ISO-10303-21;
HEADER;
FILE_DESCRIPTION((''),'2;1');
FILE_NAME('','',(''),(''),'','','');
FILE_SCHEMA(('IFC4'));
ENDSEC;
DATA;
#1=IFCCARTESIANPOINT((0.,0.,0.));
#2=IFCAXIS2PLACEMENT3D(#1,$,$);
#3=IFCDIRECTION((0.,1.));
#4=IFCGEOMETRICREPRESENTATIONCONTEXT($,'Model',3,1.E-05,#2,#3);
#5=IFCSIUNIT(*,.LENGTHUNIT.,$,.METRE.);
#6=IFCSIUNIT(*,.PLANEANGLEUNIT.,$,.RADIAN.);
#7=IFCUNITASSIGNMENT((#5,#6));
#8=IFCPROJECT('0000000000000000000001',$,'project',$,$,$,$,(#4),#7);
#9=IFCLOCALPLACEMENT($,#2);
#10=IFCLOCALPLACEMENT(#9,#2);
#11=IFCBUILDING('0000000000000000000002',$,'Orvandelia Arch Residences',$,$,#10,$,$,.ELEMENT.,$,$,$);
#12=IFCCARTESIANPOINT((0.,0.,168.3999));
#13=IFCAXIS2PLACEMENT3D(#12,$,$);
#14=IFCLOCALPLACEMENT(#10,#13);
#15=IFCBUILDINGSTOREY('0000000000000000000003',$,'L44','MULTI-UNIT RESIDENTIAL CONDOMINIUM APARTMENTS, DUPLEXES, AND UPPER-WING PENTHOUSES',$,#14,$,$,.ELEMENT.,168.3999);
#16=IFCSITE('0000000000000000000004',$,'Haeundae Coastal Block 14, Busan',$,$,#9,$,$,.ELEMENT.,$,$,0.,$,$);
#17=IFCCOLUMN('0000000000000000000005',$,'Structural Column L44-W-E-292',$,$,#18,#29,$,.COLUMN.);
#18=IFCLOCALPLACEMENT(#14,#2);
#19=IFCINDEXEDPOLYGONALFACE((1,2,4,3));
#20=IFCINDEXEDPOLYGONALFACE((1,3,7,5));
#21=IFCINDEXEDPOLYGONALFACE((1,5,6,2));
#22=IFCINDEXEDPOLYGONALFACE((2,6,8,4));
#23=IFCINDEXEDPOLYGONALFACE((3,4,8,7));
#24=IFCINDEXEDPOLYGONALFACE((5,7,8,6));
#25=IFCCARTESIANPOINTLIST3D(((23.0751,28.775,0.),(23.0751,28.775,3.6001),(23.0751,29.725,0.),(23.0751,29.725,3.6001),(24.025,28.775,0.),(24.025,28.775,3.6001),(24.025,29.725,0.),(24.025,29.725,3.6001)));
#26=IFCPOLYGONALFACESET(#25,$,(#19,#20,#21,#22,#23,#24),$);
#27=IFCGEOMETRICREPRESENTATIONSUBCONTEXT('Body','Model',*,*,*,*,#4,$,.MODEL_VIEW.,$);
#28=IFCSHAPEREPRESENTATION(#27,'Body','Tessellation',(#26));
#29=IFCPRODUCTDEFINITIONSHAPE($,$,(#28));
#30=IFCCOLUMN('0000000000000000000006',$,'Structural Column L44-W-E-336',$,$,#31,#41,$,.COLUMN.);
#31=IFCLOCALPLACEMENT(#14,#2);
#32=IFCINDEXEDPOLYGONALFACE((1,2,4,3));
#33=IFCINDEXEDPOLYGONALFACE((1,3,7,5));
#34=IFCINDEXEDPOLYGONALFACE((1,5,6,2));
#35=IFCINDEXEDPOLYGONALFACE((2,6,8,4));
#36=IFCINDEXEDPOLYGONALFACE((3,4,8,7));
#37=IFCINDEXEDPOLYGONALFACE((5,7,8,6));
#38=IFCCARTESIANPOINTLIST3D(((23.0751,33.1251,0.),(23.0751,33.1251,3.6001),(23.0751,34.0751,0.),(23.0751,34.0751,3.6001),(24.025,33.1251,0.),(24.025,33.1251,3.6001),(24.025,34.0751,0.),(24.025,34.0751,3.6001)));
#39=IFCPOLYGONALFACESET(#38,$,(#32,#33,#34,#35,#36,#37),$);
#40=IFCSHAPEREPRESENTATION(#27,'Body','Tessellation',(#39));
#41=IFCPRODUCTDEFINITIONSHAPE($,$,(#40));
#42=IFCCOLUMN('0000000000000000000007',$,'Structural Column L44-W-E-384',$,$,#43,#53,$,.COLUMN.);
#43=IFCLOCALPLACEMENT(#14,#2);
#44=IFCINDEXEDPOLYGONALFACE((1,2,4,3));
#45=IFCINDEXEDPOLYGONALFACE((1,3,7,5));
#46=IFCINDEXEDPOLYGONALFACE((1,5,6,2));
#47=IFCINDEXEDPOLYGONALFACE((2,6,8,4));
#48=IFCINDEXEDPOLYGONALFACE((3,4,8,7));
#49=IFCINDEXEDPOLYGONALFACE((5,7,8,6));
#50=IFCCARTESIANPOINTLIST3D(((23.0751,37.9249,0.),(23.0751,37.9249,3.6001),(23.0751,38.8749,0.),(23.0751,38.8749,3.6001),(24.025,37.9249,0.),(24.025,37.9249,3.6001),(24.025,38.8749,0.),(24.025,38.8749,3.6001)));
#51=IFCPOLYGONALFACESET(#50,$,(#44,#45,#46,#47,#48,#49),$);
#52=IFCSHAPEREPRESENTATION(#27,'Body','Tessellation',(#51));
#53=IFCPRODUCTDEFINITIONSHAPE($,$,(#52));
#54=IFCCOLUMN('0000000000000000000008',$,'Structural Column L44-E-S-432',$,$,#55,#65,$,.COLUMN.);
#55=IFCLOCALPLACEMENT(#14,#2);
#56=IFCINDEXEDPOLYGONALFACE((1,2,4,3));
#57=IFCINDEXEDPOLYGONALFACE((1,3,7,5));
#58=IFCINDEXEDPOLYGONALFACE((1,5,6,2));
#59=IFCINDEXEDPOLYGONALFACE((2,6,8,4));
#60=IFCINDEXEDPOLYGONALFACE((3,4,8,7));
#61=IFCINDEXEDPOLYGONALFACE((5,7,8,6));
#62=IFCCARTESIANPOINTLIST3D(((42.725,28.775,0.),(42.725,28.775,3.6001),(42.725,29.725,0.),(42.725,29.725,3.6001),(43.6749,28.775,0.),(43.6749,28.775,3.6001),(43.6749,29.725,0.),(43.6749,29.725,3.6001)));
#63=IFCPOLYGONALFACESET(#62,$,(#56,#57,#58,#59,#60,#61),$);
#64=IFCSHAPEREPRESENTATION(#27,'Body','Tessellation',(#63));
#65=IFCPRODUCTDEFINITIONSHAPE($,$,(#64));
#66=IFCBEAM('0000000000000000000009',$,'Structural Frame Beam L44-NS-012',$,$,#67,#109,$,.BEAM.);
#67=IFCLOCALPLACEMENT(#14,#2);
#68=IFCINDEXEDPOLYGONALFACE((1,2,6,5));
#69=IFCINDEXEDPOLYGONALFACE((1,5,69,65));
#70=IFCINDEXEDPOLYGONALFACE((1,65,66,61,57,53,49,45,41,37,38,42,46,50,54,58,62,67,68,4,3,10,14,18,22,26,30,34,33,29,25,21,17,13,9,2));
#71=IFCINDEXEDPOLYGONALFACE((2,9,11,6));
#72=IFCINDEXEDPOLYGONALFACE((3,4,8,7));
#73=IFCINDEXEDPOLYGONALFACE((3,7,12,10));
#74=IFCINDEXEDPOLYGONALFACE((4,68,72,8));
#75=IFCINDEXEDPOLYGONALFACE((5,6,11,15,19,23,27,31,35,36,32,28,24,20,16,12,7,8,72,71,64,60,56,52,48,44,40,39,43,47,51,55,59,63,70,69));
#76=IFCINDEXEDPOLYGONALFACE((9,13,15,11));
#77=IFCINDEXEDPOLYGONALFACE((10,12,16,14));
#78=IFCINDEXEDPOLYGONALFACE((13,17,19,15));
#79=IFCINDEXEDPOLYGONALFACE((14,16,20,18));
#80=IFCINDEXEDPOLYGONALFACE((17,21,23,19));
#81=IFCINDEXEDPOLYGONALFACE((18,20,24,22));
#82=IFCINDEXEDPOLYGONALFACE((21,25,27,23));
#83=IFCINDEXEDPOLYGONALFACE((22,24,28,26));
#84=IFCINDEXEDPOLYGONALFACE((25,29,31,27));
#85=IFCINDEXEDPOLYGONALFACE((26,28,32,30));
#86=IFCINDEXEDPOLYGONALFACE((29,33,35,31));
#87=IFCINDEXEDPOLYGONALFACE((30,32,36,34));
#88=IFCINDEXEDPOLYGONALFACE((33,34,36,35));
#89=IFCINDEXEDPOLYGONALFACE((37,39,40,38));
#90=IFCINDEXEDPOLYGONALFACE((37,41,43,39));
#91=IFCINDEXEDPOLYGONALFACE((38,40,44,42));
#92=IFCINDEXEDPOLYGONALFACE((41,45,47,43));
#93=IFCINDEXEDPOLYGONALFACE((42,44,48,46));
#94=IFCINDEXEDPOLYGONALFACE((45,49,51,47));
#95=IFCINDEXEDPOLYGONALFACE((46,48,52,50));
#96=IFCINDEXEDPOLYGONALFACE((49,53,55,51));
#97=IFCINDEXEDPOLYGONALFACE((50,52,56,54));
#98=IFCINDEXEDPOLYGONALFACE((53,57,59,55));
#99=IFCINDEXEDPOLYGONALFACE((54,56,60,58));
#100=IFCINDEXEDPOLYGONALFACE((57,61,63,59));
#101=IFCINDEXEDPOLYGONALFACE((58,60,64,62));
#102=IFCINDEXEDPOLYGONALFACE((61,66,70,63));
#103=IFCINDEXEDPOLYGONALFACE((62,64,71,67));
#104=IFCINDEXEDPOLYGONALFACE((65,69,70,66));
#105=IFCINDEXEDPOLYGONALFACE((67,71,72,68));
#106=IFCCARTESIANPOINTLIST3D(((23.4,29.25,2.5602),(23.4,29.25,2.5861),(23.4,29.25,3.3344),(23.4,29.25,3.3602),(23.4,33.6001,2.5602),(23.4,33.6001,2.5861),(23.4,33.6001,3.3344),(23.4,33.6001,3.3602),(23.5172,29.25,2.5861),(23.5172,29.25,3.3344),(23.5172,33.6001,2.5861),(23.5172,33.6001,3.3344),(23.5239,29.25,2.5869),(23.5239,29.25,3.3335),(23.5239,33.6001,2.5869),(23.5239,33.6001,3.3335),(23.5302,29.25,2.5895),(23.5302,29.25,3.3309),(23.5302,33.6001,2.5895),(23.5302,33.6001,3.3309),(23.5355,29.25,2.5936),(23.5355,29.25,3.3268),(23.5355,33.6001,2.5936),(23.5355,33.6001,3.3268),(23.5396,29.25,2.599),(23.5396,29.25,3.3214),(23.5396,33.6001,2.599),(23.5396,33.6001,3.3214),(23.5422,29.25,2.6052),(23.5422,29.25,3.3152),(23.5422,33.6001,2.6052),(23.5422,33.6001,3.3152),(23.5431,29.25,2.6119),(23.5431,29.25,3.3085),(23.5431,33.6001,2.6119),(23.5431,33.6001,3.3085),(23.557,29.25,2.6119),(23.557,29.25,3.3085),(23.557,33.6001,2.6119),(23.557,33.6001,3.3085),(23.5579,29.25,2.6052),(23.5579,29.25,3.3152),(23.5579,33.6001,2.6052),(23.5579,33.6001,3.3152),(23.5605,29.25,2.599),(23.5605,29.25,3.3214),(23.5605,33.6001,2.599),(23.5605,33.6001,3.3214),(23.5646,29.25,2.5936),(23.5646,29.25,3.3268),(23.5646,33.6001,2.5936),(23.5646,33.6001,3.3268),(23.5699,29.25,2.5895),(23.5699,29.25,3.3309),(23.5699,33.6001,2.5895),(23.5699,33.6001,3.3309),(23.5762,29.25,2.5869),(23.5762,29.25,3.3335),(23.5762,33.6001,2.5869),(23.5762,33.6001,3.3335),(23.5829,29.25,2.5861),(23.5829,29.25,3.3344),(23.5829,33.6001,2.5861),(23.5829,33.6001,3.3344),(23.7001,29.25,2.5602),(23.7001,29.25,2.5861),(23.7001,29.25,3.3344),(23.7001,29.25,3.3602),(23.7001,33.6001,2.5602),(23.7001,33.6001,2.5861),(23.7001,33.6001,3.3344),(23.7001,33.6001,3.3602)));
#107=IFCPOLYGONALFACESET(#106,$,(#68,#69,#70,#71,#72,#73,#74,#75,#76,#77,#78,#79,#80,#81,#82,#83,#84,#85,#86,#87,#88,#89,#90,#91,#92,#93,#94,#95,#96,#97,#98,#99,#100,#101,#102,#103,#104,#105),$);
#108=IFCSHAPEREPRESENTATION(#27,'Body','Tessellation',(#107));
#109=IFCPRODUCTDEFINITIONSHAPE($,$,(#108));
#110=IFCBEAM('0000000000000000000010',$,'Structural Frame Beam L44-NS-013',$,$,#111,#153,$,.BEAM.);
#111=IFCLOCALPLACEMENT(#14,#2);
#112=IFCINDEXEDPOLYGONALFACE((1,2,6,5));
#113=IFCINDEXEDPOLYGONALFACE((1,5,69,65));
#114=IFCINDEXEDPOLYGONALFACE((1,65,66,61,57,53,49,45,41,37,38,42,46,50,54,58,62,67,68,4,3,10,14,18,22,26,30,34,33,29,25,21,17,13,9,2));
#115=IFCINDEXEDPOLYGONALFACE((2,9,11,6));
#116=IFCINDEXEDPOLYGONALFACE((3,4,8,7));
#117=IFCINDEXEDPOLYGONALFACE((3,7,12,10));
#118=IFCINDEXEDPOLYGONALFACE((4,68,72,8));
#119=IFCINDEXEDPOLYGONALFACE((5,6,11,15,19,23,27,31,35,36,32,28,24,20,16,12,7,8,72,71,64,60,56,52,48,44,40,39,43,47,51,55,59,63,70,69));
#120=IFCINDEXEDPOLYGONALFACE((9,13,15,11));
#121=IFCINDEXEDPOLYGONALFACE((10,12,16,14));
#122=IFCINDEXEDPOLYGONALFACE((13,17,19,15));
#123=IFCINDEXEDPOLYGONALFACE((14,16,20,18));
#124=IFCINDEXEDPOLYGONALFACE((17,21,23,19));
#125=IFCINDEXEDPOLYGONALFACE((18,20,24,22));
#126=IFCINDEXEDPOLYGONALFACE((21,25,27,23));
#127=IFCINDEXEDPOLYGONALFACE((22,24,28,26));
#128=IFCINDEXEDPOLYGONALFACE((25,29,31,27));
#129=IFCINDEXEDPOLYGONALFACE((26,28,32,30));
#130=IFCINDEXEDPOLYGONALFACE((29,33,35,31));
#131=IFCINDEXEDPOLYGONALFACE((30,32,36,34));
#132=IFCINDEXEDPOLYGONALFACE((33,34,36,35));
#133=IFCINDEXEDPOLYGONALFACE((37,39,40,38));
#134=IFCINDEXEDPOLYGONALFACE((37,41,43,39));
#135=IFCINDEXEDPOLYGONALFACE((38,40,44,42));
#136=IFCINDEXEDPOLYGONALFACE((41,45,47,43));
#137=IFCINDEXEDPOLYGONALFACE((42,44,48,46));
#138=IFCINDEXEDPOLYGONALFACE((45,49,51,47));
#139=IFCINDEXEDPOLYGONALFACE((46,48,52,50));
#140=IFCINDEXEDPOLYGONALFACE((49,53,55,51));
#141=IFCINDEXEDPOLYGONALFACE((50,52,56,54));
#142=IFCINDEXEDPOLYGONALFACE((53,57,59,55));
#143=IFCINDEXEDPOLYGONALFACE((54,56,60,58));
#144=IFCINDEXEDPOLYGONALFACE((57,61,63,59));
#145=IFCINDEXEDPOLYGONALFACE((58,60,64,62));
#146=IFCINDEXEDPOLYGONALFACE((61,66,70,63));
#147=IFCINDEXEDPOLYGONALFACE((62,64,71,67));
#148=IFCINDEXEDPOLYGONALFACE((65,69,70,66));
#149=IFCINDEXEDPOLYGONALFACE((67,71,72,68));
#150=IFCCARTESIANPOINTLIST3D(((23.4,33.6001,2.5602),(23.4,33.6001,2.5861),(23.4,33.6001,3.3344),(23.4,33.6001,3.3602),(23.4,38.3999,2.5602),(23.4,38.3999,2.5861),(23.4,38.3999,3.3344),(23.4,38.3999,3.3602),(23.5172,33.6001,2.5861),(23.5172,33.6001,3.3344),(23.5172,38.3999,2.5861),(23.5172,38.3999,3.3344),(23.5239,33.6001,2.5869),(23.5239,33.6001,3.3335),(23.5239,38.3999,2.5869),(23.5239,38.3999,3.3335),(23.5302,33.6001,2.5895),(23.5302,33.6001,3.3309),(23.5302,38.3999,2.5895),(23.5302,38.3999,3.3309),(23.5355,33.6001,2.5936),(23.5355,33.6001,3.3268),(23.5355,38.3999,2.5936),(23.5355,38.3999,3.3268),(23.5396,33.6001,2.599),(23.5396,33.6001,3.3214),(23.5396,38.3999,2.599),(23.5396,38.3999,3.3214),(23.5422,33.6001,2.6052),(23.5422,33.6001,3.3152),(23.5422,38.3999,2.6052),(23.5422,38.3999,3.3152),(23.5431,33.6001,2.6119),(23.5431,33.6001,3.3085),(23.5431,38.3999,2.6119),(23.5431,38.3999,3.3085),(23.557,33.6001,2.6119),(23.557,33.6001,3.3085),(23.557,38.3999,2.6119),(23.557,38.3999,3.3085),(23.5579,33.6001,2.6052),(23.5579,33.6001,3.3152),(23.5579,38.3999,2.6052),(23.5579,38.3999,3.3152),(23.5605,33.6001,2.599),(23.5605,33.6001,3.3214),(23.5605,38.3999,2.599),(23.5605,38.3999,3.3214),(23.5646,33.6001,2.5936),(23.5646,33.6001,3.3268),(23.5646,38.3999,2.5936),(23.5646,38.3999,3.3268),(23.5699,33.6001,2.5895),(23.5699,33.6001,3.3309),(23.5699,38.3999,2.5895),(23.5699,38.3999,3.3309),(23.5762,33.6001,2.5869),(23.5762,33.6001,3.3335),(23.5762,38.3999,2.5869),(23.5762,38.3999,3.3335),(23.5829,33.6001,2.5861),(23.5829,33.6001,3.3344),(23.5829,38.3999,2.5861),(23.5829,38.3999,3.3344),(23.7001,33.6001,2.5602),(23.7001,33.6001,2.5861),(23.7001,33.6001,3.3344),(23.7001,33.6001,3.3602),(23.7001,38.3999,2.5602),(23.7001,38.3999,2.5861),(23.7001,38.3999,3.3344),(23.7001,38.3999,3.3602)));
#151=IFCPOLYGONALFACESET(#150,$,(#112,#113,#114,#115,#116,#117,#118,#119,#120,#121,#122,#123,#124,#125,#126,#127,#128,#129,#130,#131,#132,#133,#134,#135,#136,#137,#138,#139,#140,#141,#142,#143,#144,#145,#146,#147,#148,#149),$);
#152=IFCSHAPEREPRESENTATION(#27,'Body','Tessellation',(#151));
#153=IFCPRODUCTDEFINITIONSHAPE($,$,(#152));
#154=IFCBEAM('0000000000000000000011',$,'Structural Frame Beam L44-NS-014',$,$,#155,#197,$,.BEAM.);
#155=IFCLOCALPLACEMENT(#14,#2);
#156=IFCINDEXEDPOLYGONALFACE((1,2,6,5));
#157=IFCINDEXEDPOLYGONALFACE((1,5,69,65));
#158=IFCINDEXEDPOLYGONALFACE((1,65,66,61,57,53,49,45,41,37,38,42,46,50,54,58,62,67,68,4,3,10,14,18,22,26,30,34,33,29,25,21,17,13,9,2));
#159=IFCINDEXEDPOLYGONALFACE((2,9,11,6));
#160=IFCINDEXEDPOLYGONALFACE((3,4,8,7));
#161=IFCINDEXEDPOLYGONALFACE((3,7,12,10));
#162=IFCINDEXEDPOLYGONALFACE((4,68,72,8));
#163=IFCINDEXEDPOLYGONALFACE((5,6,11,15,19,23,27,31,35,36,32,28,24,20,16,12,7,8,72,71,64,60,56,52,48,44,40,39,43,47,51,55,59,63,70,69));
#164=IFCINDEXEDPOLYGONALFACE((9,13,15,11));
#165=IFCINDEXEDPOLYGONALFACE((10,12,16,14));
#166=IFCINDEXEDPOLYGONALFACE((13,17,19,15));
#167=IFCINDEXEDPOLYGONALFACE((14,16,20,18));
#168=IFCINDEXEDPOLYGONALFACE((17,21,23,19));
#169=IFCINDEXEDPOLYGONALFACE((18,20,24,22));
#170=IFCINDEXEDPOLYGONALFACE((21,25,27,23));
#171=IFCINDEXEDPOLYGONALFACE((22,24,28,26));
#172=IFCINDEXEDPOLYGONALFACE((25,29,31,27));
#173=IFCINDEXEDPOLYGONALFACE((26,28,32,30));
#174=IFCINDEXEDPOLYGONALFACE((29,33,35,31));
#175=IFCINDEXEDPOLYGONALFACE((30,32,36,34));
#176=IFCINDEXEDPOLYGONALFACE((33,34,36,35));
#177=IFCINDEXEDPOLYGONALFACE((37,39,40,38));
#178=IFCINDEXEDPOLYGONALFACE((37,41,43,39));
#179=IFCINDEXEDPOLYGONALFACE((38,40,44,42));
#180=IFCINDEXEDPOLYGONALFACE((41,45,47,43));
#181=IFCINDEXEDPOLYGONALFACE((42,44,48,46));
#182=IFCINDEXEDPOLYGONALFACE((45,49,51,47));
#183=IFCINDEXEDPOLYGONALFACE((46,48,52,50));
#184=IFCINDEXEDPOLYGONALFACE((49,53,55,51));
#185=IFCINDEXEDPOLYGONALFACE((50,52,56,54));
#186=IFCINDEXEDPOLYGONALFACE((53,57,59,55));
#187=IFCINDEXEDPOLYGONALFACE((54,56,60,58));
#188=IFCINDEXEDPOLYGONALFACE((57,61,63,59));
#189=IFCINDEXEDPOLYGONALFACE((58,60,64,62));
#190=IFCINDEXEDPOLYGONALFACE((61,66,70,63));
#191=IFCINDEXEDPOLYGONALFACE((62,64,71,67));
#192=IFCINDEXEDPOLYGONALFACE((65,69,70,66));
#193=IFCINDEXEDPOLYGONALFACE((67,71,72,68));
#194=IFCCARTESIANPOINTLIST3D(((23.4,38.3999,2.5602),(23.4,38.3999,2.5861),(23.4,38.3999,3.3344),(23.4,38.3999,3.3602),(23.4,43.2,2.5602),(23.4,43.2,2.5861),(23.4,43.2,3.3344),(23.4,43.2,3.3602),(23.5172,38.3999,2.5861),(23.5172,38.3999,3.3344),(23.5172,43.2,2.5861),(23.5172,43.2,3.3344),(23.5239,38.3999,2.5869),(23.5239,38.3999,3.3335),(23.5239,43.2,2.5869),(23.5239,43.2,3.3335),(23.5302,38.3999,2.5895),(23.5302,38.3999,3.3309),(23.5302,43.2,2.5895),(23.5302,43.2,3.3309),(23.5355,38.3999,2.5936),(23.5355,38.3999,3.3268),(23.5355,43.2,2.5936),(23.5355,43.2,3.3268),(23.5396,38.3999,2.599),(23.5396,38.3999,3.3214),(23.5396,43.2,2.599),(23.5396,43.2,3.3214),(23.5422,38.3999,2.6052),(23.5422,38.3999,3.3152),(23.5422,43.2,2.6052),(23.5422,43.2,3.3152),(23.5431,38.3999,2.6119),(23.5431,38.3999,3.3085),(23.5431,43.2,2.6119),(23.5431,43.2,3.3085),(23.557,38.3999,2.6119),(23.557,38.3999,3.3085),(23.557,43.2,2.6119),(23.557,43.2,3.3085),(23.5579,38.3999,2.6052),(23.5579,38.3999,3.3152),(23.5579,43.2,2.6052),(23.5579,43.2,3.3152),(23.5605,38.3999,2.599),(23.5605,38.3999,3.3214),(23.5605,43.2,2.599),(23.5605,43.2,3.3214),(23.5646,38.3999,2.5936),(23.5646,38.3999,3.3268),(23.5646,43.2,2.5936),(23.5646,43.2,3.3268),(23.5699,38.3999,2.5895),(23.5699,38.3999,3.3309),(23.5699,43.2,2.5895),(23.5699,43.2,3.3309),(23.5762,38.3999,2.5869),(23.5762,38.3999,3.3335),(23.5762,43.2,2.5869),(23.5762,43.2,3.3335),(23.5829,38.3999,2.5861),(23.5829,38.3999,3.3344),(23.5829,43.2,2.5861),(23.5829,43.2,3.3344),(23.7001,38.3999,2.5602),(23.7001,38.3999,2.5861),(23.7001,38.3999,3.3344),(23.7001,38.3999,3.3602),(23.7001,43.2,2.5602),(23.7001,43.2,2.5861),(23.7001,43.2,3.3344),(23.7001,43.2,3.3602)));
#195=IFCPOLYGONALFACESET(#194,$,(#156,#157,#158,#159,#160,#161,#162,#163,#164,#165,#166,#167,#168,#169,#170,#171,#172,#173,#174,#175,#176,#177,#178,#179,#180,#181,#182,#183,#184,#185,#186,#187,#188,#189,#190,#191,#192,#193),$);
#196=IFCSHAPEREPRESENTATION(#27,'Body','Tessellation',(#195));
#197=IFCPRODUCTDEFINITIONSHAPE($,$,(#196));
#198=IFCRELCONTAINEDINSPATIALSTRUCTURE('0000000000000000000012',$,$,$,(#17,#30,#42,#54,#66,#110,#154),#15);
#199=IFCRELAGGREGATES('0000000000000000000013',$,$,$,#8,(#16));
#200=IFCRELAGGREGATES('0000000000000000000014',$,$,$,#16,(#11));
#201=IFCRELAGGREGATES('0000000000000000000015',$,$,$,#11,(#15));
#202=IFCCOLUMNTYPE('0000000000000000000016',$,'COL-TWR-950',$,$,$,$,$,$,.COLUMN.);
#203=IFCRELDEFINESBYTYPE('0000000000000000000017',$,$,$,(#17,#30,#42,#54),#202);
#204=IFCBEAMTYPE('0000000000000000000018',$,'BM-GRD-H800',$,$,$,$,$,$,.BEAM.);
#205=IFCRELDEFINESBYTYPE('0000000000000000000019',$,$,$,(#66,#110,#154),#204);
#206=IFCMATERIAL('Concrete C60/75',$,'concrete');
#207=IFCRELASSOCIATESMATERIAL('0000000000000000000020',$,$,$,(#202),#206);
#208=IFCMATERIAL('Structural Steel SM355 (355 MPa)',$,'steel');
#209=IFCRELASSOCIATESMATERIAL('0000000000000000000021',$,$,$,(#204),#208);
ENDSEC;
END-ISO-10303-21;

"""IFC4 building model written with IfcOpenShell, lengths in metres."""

from ifc_helpers import new_model, si_unit, direction, frame, origin, origin_2d, place, context, subcontext, project, spatial, rectangle, i_section, extrude, material, material_profile, profile_set, type_object, element, save


model = new_model("IFC4")

# Units and contexts
model_context = context("Model", 3, precision=1e-05, world=origin(), true_north=direction((0.0, 1.0)))
body_context = subcontext(model_context, "Body", "Model", "MODEL_VIEW")
ifc_project = project(units=[si_unit("LENGTHUNIT", "METRE"), si_unit("PLANEANGLEUNIT", "RADIAN")], contexts=[model_context])

# Site, building, storey
site_placement = place(None, origin())
site = spatial("IfcSite", under=ifc_project, at=site_placement, Name="Haeundae Coastal Block 14, Busan", CompositionType="ELEMENT", RefElevation=0.0)
building_placement = place(site_placement, origin())
building = spatial("IfcBuilding", under=site, at=building_placement, Name="Orvandelia Arch Residences", CompositionType="ELEMENT")
storey_placement = place(building_placement, frame((0.0, 0.0, 168.3999)))
storey = spatial("IfcBuildingStorey", under=building, at=storey_placement, Name="L44", Description="MULTI-UNIT RESIDENTIAL CONDOMINIUM APARTMENTS, DUPLEXES, AND UPPER-WING PENTHOUSES", CompositionType="ELEMENT", Elevation=168.3999)

# Columns
ifc_material_1 = material(Name="Concrete C60/75", Category="concrete")
ifc_material_profile_1 = material_profile(ifc_material_1, rectangle(XDim=0.95, YDim=0.95, at=origin_2d()), Name="Concrete C60/75", Category="concrete")
ifc_profile_set_1 = profile_set([ifc_material_profile_1], Name="Concrete C60/75")
column_type = type_object("IfcColumnType", Name="COL-TWR-950", PredefinedType="COLUMN", material=ifc_profile_set_1)
for number, where, z_axis, x_axis, name in (
    (1, (23.55, 29.25, 0.0), (0.0, 0.0, 1.0), (1.0, 0.0, 0.0), "Structural Column L44-W-E-292"),
    (2, (23.55, 33.6001, 0.0), (0.0, 0.0, 1.0), (1.0, 0.0, 0.0), "Structural Column L44-W-E-336"),
    (3, (23.55, 38.3999, 0.0), (0.0, 0.0, 1.0), (1.0, 0.0, 0.0), "Structural Column L44-W-E-384"),
    (4, (43.2, 29.25, 0.0), (0.0, 0.0, 1.0), (1.0, 0.0, 0.0), "Structural Column L44-E-S-432"),
):
    element("IfcColumn", number, at=place(storey_placement, frame(where, z_axis=z_axis, x_axis=x_axis)), inside=storey, type_object=column_type, Name=name, PredefinedType="COLUMN", context=body_context, shape_type="SweptSolid", body=[
        extrude(rectangle(XDim=0.95, YDim=0.95, at=origin_2d()), origin(), (0.0, 0.0, 1.0), 3.6001),
    ])

# Beams
ifc_material_2 = material(Name="Structural Steel SM355 (355 MPa)", Category="steel")
ifc_material_profile_2 = material_profile(ifc_material_2, i_section(OverallWidth=0.3, OverallDepth=0.8, WebThickness=0.0139, FlangeThickness=0.0259, FilletRadius=0.0259, at=origin_2d()), Name="Structural Steel SM355 (355 MPa)", Category="steel")
ifc_profile_set_2 = profile_set([ifc_material_profile_2], Name="Structural Steel SM355 (355 MPa)")
beam_type = type_object("IfcBeamType", Name="BM-GRD-H800", PredefinedType="BEAM", material=ifc_profile_set_2)
beam_1_placement = place(storey_placement, frame((23.55, 29.25, 2.9602), z_axis=(0.0, 1.0, 0.0), x_axis=(-1.0, 0.0, 0.0)))
element("IfcBeam", 5, at=beam_1_placement, inside=storey, type_object=beam_type, Name="Structural Frame Beam L44-NS-012", PredefinedType="BEAM", context=body_context, shape_type="SweptSolid", body=[
    extrude(i_section(OverallWidth=0.3, OverallDepth=0.8, WebThickness=0.0139, FlangeThickness=0.0259, FilletRadius=0.0259, at=origin_2d()), origin(), (0.0, 0.0, 1.0), 4.3501),
])
beam_2_placement = place(storey_placement, frame((23.55, 33.6001, 2.9602), z_axis=(0.0, 1.0, 0.0), x_axis=(-1.0, 0.0, 0.0)))
element("IfcBeam", 6, at=beam_2_placement, inside=storey, type_object=beam_type, Name="Structural Frame Beam L44-NS-013", PredefinedType="BEAM", context=body_context, shape_type="SweptSolid", body=[
    extrude(i_section(OverallWidth=0.3, OverallDepth=0.8, WebThickness=0.0139, FlangeThickness=0.0259, FilletRadius=0.0259, at=origin_2d()), origin(), (0.0, 0.0, 1.0), 4.7998),
])
beam_3_placement = place(storey_placement, frame((23.55, 38.3999, 2.9602), z_axis=(0.0, 1.0, 0.0), x_axis=(-1.0, 0.0, 0.0)))
element("IfcBeam", 7, at=beam_3_placement, inside=storey, type_object=beam_type, Name="Structural Frame Beam L44-NS-014", PredefinedType="BEAM", context=body_context, shape_type="SweptSolid", body=[
    extrude(i_section(OverallWidth=0.3, OverallDepth=0.8, WebThickness=0.0139, FlangeThickness=0.0259, FilletRadius=0.0259, at=origin_2d()), origin(), (0.0, 0.0, 1.0), 4.8),
])

save(model, "model.ifc")
